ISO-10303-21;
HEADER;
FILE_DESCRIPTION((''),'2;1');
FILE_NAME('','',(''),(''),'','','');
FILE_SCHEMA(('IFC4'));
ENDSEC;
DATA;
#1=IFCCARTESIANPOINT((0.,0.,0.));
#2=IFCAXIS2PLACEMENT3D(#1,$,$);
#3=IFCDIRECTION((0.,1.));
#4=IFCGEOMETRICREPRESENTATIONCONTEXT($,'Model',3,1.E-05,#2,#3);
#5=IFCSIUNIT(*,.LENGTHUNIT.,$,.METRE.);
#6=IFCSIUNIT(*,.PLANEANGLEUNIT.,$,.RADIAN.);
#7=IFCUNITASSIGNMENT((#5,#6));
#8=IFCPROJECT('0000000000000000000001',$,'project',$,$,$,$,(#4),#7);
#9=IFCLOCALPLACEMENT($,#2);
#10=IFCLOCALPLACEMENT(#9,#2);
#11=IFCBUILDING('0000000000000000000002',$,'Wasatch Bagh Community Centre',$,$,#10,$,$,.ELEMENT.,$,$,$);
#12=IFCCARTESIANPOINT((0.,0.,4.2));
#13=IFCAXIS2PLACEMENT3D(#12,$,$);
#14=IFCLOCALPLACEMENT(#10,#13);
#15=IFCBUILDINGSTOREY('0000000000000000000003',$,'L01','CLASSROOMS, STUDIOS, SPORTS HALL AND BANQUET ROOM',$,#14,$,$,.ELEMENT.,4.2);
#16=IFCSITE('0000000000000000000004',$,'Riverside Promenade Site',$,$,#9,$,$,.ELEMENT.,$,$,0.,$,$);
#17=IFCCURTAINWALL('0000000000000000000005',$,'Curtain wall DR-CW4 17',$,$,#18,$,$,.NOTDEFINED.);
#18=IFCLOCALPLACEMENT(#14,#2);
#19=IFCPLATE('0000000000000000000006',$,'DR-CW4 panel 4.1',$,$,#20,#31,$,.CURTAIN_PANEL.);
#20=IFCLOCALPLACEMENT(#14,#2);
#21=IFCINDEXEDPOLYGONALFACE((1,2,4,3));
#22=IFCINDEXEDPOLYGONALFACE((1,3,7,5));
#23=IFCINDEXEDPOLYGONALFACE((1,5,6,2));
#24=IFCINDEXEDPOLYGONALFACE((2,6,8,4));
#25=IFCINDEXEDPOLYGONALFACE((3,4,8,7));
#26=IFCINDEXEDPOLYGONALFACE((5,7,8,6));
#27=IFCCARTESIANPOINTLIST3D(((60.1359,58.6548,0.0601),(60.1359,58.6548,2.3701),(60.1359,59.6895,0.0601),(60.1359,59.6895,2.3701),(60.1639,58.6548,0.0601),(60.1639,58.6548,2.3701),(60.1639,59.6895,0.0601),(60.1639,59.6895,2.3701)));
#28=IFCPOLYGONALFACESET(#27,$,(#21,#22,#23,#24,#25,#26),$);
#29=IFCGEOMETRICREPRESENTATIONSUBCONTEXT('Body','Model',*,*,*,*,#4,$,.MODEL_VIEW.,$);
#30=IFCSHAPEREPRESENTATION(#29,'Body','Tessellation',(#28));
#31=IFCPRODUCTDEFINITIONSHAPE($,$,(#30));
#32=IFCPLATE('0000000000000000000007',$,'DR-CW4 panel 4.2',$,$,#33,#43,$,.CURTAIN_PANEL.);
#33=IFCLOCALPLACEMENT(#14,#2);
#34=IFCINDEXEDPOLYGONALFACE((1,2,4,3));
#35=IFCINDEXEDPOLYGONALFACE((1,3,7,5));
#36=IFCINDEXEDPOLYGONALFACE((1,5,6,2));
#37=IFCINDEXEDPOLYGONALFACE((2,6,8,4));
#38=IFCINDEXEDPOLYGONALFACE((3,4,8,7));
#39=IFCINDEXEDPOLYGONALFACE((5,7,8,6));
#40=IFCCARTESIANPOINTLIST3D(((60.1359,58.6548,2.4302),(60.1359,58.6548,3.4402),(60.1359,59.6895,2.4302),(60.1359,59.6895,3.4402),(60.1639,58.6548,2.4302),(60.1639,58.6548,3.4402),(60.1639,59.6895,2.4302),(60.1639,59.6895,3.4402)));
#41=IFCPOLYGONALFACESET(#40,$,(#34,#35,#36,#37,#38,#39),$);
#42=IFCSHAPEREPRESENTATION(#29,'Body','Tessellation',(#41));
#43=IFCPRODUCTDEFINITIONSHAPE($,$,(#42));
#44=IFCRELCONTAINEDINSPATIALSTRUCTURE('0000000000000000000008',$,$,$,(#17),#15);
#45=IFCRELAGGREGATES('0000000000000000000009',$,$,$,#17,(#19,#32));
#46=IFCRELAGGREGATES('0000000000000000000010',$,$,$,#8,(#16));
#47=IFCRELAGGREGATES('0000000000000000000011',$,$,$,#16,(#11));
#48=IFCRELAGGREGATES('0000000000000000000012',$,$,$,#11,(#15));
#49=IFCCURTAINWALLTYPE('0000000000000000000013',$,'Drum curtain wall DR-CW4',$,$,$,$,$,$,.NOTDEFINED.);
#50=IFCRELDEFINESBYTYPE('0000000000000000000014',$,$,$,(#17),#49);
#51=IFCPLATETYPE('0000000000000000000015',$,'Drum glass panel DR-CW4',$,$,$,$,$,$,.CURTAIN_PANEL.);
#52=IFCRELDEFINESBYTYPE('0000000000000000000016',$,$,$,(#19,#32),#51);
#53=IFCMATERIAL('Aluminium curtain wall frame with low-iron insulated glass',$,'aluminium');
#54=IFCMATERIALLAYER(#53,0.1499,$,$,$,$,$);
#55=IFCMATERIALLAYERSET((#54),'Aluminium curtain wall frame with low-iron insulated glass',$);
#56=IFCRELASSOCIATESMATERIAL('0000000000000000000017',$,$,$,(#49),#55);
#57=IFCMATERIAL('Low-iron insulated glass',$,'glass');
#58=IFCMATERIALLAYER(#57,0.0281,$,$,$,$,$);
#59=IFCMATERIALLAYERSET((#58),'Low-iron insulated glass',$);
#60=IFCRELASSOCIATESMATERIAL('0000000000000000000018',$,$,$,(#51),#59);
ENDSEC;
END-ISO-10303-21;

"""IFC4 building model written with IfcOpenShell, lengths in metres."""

from ifc_helpers import new_model, si_unit, direction, frame, origin, origin_2d, place, context, subcontext, project, spatial, rectangle, extrude, material, layer, layer_set, type_object, element, aggregate, save


model = new_model("IFC4")

# Units and contexts
model_context = context("Model", 3, precision=1e-05, world=origin(), true_north=direction((0.0, 1.0)))
body_context = subcontext(model_context, "Body", "Model", "MODEL_VIEW")
ifc_project = project(units=[si_unit("LENGTHUNIT", "METRE"), si_unit("PLANEANGLEUNIT", "RADIAN")], contexts=[model_context])

# Site, building, storey
site_placement = place(None, origin())
site = spatial("IfcSite", under=ifc_project, at=site_placement, Name="Riverside Promenade Site", CompositionType="ELEMENT", RefElevation=0.0)
building_placement = place(site_placement, origin())
building = spatial("IfcBuilding", under=site, at=building_placement, Name="Wasatch Bagh Community Centre", CompositionType="ELEMENT")
storey_placement = place(building_placement, frame((0.0, 0.0, 4.2)))
storey = spatial("IfcBuildingStorey", under=building, at=storey_placement, Name="L01", Description="CLASSROOMS, STUDIOS, SPORTS HALL AND BANQUET ROOM", CompositionType="ELEMENT", Elevation=4.2)

# Shared definitions
ifc_material_1 = material(Name="Aluminium curtain wall frame with low-iron insulated glass", Category="aluminium")
ifc_layer_1 = layer(ifc_material_1, 0.1499)
ifc_layer_set_1 = layer_set([ifc_layer_1], Name="Aluminium curtain wall frame with low-iron insulated glass")
curtain_wall_type = type_object("IfcCurtainWallType", Name="Drum curtain wall DR-CW4", PredefinedType="NOTDEFINED", material=ifc_layer_set_1)

# Curtain wall
curtain_wall_1_placement = place(storey_placement, origin())
curtain_wall_1 = element("IfcCurtainWall", 1, at=curtain_wall_1_placement, inside=storey, type_object=curtain_wall_type, Name="Curtain wall DR-CW4 17", PredefinedType="NOTDEFINED")

# Plates
ifc_material_2 = material(Name="Low-iron insulated glass", Category="glass")
ifc_layer_2 = layer(ifc_material_2, 0.0281)
ifc_layer_set_2 = layer_set([ifc_layer_2], Name="Low-iron insulated glass")
plate_type = type_object("IfcPlateType", Name="Drum glass panel DR-CW4", PredefinedType="CURTAIN_PANEL", material=ifc_layer_set_2)
plate_1_placement = place(storey_placement, frame((60.1499, 59.1721, 0.0601), z_axis=(0.0, 0.0, 1.0), x_axis=(0.0, 1.0, 0.0)))
plate_1 = element("IfcPlate", 2, at=plate_1_placement, type_object=plate_type, Name="DR-CW4 panel 4.1", PredefinedType="CURTAIN_PANEL", context=body_context, shape_type="SweptSolid", body=[
    extrude(rectangle(XDim=1.0347, YDim=0.0281, at=origin_2d()), origin(), (0.0, 0.0, 1.0), 2.3101),
])
plate_2_placement = place(storey_placement, frame((60.1499, 59.1721, 2.4302), z_axis=(0.0, 0.0, 1.0), x_axis=(0.0, 1.0, 0.0)))
plate_2 = element("IfcPlate", 3, at=plate_2_placement, type_object=plate_type, Name="DR-CW4 panel 4.2", PredefinedType="CURTAIN_PANEL", context=body_context, shape_type="SweptSolid", body=[
    extrude(rectangle(XDim=1.0347, YDim=0.0281, at=origin_2d()), origin(), (0.0, 0.0, 1.0), 1.01),
])
aggregate(curtain_wall_1, [plate_1, plate_2])

save(model, "model.ifc")
